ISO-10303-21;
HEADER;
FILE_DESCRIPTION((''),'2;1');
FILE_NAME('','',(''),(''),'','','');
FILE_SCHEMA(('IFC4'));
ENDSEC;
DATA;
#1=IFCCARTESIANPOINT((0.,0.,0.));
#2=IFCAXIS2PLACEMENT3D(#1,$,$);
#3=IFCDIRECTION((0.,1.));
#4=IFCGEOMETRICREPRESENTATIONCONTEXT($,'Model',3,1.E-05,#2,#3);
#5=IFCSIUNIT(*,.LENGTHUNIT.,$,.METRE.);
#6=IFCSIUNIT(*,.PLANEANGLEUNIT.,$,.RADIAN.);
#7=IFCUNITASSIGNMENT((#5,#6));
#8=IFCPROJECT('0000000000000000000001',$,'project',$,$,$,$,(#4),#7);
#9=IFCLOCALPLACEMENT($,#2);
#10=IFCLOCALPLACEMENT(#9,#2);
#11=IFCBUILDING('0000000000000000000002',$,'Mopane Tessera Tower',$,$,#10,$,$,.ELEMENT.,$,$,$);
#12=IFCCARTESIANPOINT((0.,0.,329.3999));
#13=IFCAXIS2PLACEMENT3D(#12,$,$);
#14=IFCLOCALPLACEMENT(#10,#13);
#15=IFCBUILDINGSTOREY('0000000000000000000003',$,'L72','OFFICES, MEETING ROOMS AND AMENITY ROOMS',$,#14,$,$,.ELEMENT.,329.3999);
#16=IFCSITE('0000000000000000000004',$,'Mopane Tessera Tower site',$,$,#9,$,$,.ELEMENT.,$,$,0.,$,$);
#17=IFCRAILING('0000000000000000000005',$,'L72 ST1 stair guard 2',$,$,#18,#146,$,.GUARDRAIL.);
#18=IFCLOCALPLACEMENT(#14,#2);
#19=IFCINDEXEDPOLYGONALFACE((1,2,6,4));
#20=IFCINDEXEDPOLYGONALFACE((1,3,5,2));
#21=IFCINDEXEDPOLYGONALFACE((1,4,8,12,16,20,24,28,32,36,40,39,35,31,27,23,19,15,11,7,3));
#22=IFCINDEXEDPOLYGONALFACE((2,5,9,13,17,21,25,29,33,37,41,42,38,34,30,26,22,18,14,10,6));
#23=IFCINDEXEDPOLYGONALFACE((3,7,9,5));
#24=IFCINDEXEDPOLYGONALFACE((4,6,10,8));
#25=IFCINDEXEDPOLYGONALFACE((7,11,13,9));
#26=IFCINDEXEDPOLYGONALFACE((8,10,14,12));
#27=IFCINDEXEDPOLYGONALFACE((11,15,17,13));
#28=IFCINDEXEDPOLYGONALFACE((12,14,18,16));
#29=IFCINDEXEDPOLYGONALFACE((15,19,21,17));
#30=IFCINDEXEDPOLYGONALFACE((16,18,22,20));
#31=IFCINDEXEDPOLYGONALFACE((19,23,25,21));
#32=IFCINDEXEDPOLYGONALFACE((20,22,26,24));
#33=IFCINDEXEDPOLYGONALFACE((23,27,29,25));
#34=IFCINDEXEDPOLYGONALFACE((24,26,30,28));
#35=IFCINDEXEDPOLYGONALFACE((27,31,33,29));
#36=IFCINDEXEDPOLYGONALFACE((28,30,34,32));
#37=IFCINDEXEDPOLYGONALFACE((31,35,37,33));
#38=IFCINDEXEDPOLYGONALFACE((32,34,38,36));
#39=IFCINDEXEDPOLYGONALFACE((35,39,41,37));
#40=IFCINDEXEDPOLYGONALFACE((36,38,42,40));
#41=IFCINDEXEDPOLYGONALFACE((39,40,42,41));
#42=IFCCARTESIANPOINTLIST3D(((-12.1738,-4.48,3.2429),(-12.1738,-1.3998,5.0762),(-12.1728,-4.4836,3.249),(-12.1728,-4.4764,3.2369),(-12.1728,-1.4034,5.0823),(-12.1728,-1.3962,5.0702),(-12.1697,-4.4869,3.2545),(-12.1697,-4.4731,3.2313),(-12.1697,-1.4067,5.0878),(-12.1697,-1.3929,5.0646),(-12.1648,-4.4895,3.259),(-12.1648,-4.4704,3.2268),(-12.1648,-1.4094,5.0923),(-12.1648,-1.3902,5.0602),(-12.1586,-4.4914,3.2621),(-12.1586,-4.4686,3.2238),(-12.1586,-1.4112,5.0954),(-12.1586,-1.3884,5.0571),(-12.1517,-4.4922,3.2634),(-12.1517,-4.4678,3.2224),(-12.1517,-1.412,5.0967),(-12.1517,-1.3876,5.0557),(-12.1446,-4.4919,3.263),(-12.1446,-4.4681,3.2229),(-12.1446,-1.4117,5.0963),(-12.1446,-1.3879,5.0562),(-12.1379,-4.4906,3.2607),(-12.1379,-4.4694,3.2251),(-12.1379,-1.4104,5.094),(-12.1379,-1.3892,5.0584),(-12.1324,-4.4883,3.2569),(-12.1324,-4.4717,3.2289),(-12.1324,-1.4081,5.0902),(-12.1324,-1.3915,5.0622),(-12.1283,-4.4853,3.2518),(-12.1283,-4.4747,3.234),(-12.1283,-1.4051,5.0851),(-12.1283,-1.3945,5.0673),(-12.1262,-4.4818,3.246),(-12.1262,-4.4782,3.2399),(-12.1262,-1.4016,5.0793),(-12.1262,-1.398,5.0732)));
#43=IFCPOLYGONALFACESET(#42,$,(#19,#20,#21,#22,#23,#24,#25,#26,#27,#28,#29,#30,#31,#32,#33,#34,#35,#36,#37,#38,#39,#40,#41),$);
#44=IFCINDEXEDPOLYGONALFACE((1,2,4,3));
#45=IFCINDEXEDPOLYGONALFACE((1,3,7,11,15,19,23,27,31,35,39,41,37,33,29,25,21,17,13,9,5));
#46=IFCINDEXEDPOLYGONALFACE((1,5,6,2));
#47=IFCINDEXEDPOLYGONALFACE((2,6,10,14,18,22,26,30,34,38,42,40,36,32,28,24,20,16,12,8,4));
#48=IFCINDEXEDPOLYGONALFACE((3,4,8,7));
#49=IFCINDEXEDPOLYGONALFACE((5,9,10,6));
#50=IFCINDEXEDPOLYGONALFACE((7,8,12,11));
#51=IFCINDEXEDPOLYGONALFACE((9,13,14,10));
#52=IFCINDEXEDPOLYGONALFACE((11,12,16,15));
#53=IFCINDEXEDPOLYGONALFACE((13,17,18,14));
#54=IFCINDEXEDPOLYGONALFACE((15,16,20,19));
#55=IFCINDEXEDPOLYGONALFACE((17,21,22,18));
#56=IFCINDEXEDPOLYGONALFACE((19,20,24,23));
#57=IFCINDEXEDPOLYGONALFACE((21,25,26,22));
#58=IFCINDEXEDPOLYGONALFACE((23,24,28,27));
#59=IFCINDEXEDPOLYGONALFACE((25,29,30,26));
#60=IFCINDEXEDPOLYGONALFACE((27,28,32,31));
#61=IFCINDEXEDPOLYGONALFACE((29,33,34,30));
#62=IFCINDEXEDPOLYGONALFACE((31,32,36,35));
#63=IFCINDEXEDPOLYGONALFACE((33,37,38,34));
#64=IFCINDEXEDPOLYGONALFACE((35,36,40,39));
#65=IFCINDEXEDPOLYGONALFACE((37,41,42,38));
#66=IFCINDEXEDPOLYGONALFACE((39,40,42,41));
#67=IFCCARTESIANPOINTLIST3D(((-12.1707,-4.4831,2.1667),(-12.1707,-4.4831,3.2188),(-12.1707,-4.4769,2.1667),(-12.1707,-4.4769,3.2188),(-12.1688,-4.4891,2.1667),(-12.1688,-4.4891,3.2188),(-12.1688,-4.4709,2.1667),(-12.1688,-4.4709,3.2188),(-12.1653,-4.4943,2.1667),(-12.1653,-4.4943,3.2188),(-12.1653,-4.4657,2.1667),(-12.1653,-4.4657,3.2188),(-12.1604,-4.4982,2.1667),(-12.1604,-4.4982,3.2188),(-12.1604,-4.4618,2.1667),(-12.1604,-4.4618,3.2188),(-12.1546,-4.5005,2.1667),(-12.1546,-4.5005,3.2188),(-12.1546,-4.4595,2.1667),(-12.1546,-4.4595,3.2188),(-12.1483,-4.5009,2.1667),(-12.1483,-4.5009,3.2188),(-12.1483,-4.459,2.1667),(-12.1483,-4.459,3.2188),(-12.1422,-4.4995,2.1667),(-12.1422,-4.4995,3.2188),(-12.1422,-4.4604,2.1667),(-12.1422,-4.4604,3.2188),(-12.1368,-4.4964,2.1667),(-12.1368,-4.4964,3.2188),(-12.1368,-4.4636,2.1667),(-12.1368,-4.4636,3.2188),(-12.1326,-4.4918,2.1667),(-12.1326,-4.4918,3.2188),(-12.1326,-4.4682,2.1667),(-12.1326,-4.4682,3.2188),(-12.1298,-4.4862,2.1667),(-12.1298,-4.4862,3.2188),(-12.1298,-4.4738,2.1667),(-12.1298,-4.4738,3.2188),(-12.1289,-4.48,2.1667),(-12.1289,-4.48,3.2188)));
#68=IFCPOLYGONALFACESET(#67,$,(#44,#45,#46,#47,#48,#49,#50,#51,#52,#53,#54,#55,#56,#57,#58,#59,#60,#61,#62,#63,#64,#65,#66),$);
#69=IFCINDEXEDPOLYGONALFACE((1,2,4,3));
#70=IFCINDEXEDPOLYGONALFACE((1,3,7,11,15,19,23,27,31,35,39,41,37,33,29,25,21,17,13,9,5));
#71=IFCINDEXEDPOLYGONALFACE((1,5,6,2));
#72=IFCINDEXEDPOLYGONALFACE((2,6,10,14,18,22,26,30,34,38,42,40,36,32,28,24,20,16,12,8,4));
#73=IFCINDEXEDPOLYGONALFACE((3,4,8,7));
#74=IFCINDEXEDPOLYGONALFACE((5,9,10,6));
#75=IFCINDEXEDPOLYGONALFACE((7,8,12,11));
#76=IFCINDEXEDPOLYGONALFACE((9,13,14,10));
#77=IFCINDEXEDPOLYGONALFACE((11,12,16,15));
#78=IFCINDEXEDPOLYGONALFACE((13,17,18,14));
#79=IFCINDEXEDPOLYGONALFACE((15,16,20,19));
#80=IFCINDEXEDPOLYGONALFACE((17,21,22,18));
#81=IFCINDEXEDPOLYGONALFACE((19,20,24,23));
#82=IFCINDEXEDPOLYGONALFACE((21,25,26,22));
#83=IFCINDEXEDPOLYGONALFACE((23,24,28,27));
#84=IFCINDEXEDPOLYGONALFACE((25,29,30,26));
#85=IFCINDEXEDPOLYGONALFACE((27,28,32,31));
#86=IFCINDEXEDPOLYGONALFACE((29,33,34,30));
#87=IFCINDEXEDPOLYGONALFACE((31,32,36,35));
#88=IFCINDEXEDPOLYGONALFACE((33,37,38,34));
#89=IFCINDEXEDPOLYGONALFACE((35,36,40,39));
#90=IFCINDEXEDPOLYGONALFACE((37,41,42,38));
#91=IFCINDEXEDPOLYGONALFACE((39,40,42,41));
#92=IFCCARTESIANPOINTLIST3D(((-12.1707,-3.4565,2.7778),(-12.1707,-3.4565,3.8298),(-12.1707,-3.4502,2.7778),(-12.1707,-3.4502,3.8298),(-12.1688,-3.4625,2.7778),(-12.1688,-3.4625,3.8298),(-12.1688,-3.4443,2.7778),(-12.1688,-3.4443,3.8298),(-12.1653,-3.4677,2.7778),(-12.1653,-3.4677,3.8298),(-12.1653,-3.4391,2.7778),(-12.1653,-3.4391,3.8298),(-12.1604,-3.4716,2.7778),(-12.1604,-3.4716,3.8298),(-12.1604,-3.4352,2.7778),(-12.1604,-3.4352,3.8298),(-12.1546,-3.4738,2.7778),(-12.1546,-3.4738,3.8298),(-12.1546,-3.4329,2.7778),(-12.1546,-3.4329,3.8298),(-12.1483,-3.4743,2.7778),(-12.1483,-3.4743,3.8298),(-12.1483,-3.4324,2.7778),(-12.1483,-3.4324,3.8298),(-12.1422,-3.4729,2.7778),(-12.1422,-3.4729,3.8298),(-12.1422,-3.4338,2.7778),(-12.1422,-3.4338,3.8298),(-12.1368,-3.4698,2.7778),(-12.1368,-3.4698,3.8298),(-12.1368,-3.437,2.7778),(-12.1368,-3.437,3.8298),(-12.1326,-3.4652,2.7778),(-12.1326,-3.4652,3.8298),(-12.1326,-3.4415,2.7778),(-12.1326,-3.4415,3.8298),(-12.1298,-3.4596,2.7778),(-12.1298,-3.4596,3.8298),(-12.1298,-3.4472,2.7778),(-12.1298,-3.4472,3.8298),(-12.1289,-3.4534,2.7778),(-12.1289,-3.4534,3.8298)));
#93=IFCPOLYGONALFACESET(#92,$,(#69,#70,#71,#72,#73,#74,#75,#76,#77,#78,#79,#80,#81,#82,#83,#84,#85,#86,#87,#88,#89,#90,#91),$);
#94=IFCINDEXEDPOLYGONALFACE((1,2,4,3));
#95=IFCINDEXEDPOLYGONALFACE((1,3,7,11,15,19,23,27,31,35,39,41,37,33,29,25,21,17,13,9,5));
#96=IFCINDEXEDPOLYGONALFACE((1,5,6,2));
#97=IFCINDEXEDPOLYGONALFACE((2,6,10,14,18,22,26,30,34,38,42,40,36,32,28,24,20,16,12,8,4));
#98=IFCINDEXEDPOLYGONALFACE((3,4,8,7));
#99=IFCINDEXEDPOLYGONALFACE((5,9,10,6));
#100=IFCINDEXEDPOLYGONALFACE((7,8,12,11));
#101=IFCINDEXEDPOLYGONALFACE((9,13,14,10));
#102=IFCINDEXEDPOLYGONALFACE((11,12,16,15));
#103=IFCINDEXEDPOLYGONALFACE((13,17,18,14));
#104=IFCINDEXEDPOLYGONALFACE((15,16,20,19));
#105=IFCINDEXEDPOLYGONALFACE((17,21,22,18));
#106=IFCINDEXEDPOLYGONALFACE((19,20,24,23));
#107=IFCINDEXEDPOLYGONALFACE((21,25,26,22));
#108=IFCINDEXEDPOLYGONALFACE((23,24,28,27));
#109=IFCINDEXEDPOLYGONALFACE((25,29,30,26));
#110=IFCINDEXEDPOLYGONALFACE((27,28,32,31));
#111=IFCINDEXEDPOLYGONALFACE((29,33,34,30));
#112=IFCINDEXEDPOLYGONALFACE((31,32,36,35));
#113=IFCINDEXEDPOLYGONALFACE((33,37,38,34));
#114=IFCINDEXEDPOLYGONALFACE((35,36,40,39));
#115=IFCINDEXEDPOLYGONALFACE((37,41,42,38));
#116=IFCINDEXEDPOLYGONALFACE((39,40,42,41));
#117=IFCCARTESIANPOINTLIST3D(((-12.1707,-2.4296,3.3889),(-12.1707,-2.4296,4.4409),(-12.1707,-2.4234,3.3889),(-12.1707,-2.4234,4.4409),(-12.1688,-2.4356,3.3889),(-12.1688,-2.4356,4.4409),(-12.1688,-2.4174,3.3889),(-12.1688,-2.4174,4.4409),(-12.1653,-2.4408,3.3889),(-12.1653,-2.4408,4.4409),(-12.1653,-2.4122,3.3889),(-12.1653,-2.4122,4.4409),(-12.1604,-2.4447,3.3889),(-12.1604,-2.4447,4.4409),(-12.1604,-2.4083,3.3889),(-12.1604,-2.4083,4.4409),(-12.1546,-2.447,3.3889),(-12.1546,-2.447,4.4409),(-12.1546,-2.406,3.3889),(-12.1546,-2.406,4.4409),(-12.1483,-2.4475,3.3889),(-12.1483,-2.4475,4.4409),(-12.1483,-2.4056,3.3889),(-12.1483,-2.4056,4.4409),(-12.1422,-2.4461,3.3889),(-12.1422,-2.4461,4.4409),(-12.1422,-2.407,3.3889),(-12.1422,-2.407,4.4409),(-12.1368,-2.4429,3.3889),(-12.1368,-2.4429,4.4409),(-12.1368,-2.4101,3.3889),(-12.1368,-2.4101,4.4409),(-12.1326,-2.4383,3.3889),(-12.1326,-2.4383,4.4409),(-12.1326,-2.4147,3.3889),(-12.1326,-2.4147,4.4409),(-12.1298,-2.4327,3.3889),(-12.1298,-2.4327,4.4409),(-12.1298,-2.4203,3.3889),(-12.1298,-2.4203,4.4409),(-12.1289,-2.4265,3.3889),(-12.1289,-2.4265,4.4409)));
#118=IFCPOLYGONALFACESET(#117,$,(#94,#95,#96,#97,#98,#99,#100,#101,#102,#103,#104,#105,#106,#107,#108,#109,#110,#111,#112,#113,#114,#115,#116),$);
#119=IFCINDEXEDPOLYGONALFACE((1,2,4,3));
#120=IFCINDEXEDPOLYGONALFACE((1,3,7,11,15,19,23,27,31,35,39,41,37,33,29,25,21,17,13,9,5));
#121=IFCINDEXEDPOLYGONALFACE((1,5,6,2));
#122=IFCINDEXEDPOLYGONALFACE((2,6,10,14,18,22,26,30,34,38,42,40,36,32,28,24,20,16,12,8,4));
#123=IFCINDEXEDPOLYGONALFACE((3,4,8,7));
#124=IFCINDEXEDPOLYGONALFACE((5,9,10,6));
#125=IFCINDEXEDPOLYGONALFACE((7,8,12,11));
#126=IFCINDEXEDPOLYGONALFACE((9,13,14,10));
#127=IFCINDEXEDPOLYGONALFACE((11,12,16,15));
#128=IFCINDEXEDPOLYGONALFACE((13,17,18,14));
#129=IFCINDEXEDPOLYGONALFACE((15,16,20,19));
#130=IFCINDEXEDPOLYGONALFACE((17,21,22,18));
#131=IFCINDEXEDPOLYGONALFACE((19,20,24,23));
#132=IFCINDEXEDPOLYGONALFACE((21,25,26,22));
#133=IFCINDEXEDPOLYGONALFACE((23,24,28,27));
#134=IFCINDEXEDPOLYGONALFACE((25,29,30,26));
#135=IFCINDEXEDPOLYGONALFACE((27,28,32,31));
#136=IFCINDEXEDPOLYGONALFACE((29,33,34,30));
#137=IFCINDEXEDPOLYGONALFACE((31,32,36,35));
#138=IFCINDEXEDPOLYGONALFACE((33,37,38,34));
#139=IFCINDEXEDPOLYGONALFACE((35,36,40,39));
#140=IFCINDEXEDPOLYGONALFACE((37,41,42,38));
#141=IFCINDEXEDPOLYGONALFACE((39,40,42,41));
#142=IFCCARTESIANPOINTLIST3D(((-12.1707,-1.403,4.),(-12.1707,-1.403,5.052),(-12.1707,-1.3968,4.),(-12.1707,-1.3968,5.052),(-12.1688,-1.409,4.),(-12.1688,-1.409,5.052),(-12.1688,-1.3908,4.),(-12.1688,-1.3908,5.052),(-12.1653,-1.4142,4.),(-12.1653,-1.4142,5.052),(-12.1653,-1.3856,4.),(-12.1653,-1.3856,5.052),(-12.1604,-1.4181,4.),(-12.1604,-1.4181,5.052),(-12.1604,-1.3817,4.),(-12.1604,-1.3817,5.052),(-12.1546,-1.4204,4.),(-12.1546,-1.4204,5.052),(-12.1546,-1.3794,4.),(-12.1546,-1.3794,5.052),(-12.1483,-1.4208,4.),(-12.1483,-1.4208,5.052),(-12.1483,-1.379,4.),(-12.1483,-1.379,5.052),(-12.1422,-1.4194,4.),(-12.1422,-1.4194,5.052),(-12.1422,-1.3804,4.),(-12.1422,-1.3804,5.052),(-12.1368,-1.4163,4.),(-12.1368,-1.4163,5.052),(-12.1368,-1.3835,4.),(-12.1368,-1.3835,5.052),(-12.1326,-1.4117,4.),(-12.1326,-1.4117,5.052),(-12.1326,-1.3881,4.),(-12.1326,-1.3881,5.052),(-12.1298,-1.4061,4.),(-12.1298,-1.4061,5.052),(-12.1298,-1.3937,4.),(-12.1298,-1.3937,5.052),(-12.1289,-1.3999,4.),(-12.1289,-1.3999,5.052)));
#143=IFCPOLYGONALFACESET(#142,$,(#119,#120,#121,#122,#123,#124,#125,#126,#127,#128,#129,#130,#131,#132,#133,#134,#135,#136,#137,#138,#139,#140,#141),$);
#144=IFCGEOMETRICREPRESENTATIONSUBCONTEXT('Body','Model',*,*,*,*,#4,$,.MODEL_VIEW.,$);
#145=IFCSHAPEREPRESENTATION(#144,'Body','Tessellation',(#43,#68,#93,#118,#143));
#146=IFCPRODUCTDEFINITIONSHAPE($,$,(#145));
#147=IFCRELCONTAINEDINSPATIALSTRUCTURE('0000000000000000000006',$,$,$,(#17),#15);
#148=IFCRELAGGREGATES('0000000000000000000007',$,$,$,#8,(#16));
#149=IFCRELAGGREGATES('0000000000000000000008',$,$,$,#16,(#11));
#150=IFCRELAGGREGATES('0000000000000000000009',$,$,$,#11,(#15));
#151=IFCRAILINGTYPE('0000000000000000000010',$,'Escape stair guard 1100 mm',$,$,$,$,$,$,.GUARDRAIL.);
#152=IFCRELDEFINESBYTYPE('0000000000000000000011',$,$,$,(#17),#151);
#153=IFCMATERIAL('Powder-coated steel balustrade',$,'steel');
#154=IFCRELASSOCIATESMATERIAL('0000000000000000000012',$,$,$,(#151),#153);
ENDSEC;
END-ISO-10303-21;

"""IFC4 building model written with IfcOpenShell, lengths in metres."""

from ifc_helpers import new_model, si_unit, direction, frame, origin, origin_2d, place, context, subcontext, project, spatial, circle, extrude, material, type_object, element, save


model = new_model("IFC4")

# Units and contexts
model_context = context("Model", 3, precision=1e-05, world=origin(), true_north=direction((0.0, 1.0)))
body_context = subcontext(model_context, "Body", "Model", "MODEL_VIEW")
ifc_project = project(units=[si_unit("LENGTHUNIT", "METRE"), si_unit("PLANEANGLEUNIT", "RADIAN")], contexts=[model_context])

# Site, building, storey
site_placement = place(None, origin())
site = spatial("IfcSite", under=ifc_project, at=site_placement, Name="Mopane Tessera Tower site", CompositionType="ELEMENT", RefElevation=0.0)
building_placement = place(site_placement, origin())
building = spatial("IfcBuilding", under=site, at=building_placement, Name="Mopane Tessera Tower", CompositionType="ELEMENT")
storey_placement = place(building_placement, frame((0.0, 0.0, 329.3999)))
storey = spatial("IfcBuildingStorey", under=building, at=storey_placement, Name="L72", Description="OFFICES, MEETING ROOMS AND AMENITY ROOMS", CompositionType="ELEMENT", Elevation=329.3999)

# Railing
ifc_material_1 = material(Name="Powder-coated steel balustrade", Category="steel")
railing_type_1 = type_object("IfcRailingType", Name="Escape stair guard 1100 mm", PredefinedType="GUARDRAIL", material=ifc_material_1)
railing_1_placement = place(storey_placement, frame((-12.1499, -4.48, 2.1667)))
element("IfcRailing", 1, at=railing_1_placement, inside=storey, type_object=railing_type_1, Name="L72 ST1 stair guard 2", PredefinedType="GUARDRAIL", context=body_context, shape_type="SweptSolid", body=[
    extrude(circle(Radius=0.0239, at=origin_2d()), frame((0.0, 0.0, 1.0762), z_axis=(0.0, 0.859309, 0.511458), x_axis=(-1.0, 0.0, 0.0)), (0.0, 0.0, 1.0), 3.5845),
    extrude(circle(Radius=0.021, at=origin_2d()), origin(), (0.0, 0.0, 1.0), 1.052),
    extrude(circle(Radius=0.021, at=origin_2d()), frame((0.0, 1.0266, 0.6111)), (0.0, 0.0, 1.0), 1.052),
    extrude(circle(Radius=0.021, at=origin_2d()), frame((0.0, 2.0535, 1.2222)), (0.0, 0.0, 1.0), 1.052),
    extrude(circle(Radius=0.021, at=origin_2d()), frame((0.0, 3.0801, 1.8333)), (0.0, 0.0, 1.0), 1.052),
])

save(model, "model.ifc")
